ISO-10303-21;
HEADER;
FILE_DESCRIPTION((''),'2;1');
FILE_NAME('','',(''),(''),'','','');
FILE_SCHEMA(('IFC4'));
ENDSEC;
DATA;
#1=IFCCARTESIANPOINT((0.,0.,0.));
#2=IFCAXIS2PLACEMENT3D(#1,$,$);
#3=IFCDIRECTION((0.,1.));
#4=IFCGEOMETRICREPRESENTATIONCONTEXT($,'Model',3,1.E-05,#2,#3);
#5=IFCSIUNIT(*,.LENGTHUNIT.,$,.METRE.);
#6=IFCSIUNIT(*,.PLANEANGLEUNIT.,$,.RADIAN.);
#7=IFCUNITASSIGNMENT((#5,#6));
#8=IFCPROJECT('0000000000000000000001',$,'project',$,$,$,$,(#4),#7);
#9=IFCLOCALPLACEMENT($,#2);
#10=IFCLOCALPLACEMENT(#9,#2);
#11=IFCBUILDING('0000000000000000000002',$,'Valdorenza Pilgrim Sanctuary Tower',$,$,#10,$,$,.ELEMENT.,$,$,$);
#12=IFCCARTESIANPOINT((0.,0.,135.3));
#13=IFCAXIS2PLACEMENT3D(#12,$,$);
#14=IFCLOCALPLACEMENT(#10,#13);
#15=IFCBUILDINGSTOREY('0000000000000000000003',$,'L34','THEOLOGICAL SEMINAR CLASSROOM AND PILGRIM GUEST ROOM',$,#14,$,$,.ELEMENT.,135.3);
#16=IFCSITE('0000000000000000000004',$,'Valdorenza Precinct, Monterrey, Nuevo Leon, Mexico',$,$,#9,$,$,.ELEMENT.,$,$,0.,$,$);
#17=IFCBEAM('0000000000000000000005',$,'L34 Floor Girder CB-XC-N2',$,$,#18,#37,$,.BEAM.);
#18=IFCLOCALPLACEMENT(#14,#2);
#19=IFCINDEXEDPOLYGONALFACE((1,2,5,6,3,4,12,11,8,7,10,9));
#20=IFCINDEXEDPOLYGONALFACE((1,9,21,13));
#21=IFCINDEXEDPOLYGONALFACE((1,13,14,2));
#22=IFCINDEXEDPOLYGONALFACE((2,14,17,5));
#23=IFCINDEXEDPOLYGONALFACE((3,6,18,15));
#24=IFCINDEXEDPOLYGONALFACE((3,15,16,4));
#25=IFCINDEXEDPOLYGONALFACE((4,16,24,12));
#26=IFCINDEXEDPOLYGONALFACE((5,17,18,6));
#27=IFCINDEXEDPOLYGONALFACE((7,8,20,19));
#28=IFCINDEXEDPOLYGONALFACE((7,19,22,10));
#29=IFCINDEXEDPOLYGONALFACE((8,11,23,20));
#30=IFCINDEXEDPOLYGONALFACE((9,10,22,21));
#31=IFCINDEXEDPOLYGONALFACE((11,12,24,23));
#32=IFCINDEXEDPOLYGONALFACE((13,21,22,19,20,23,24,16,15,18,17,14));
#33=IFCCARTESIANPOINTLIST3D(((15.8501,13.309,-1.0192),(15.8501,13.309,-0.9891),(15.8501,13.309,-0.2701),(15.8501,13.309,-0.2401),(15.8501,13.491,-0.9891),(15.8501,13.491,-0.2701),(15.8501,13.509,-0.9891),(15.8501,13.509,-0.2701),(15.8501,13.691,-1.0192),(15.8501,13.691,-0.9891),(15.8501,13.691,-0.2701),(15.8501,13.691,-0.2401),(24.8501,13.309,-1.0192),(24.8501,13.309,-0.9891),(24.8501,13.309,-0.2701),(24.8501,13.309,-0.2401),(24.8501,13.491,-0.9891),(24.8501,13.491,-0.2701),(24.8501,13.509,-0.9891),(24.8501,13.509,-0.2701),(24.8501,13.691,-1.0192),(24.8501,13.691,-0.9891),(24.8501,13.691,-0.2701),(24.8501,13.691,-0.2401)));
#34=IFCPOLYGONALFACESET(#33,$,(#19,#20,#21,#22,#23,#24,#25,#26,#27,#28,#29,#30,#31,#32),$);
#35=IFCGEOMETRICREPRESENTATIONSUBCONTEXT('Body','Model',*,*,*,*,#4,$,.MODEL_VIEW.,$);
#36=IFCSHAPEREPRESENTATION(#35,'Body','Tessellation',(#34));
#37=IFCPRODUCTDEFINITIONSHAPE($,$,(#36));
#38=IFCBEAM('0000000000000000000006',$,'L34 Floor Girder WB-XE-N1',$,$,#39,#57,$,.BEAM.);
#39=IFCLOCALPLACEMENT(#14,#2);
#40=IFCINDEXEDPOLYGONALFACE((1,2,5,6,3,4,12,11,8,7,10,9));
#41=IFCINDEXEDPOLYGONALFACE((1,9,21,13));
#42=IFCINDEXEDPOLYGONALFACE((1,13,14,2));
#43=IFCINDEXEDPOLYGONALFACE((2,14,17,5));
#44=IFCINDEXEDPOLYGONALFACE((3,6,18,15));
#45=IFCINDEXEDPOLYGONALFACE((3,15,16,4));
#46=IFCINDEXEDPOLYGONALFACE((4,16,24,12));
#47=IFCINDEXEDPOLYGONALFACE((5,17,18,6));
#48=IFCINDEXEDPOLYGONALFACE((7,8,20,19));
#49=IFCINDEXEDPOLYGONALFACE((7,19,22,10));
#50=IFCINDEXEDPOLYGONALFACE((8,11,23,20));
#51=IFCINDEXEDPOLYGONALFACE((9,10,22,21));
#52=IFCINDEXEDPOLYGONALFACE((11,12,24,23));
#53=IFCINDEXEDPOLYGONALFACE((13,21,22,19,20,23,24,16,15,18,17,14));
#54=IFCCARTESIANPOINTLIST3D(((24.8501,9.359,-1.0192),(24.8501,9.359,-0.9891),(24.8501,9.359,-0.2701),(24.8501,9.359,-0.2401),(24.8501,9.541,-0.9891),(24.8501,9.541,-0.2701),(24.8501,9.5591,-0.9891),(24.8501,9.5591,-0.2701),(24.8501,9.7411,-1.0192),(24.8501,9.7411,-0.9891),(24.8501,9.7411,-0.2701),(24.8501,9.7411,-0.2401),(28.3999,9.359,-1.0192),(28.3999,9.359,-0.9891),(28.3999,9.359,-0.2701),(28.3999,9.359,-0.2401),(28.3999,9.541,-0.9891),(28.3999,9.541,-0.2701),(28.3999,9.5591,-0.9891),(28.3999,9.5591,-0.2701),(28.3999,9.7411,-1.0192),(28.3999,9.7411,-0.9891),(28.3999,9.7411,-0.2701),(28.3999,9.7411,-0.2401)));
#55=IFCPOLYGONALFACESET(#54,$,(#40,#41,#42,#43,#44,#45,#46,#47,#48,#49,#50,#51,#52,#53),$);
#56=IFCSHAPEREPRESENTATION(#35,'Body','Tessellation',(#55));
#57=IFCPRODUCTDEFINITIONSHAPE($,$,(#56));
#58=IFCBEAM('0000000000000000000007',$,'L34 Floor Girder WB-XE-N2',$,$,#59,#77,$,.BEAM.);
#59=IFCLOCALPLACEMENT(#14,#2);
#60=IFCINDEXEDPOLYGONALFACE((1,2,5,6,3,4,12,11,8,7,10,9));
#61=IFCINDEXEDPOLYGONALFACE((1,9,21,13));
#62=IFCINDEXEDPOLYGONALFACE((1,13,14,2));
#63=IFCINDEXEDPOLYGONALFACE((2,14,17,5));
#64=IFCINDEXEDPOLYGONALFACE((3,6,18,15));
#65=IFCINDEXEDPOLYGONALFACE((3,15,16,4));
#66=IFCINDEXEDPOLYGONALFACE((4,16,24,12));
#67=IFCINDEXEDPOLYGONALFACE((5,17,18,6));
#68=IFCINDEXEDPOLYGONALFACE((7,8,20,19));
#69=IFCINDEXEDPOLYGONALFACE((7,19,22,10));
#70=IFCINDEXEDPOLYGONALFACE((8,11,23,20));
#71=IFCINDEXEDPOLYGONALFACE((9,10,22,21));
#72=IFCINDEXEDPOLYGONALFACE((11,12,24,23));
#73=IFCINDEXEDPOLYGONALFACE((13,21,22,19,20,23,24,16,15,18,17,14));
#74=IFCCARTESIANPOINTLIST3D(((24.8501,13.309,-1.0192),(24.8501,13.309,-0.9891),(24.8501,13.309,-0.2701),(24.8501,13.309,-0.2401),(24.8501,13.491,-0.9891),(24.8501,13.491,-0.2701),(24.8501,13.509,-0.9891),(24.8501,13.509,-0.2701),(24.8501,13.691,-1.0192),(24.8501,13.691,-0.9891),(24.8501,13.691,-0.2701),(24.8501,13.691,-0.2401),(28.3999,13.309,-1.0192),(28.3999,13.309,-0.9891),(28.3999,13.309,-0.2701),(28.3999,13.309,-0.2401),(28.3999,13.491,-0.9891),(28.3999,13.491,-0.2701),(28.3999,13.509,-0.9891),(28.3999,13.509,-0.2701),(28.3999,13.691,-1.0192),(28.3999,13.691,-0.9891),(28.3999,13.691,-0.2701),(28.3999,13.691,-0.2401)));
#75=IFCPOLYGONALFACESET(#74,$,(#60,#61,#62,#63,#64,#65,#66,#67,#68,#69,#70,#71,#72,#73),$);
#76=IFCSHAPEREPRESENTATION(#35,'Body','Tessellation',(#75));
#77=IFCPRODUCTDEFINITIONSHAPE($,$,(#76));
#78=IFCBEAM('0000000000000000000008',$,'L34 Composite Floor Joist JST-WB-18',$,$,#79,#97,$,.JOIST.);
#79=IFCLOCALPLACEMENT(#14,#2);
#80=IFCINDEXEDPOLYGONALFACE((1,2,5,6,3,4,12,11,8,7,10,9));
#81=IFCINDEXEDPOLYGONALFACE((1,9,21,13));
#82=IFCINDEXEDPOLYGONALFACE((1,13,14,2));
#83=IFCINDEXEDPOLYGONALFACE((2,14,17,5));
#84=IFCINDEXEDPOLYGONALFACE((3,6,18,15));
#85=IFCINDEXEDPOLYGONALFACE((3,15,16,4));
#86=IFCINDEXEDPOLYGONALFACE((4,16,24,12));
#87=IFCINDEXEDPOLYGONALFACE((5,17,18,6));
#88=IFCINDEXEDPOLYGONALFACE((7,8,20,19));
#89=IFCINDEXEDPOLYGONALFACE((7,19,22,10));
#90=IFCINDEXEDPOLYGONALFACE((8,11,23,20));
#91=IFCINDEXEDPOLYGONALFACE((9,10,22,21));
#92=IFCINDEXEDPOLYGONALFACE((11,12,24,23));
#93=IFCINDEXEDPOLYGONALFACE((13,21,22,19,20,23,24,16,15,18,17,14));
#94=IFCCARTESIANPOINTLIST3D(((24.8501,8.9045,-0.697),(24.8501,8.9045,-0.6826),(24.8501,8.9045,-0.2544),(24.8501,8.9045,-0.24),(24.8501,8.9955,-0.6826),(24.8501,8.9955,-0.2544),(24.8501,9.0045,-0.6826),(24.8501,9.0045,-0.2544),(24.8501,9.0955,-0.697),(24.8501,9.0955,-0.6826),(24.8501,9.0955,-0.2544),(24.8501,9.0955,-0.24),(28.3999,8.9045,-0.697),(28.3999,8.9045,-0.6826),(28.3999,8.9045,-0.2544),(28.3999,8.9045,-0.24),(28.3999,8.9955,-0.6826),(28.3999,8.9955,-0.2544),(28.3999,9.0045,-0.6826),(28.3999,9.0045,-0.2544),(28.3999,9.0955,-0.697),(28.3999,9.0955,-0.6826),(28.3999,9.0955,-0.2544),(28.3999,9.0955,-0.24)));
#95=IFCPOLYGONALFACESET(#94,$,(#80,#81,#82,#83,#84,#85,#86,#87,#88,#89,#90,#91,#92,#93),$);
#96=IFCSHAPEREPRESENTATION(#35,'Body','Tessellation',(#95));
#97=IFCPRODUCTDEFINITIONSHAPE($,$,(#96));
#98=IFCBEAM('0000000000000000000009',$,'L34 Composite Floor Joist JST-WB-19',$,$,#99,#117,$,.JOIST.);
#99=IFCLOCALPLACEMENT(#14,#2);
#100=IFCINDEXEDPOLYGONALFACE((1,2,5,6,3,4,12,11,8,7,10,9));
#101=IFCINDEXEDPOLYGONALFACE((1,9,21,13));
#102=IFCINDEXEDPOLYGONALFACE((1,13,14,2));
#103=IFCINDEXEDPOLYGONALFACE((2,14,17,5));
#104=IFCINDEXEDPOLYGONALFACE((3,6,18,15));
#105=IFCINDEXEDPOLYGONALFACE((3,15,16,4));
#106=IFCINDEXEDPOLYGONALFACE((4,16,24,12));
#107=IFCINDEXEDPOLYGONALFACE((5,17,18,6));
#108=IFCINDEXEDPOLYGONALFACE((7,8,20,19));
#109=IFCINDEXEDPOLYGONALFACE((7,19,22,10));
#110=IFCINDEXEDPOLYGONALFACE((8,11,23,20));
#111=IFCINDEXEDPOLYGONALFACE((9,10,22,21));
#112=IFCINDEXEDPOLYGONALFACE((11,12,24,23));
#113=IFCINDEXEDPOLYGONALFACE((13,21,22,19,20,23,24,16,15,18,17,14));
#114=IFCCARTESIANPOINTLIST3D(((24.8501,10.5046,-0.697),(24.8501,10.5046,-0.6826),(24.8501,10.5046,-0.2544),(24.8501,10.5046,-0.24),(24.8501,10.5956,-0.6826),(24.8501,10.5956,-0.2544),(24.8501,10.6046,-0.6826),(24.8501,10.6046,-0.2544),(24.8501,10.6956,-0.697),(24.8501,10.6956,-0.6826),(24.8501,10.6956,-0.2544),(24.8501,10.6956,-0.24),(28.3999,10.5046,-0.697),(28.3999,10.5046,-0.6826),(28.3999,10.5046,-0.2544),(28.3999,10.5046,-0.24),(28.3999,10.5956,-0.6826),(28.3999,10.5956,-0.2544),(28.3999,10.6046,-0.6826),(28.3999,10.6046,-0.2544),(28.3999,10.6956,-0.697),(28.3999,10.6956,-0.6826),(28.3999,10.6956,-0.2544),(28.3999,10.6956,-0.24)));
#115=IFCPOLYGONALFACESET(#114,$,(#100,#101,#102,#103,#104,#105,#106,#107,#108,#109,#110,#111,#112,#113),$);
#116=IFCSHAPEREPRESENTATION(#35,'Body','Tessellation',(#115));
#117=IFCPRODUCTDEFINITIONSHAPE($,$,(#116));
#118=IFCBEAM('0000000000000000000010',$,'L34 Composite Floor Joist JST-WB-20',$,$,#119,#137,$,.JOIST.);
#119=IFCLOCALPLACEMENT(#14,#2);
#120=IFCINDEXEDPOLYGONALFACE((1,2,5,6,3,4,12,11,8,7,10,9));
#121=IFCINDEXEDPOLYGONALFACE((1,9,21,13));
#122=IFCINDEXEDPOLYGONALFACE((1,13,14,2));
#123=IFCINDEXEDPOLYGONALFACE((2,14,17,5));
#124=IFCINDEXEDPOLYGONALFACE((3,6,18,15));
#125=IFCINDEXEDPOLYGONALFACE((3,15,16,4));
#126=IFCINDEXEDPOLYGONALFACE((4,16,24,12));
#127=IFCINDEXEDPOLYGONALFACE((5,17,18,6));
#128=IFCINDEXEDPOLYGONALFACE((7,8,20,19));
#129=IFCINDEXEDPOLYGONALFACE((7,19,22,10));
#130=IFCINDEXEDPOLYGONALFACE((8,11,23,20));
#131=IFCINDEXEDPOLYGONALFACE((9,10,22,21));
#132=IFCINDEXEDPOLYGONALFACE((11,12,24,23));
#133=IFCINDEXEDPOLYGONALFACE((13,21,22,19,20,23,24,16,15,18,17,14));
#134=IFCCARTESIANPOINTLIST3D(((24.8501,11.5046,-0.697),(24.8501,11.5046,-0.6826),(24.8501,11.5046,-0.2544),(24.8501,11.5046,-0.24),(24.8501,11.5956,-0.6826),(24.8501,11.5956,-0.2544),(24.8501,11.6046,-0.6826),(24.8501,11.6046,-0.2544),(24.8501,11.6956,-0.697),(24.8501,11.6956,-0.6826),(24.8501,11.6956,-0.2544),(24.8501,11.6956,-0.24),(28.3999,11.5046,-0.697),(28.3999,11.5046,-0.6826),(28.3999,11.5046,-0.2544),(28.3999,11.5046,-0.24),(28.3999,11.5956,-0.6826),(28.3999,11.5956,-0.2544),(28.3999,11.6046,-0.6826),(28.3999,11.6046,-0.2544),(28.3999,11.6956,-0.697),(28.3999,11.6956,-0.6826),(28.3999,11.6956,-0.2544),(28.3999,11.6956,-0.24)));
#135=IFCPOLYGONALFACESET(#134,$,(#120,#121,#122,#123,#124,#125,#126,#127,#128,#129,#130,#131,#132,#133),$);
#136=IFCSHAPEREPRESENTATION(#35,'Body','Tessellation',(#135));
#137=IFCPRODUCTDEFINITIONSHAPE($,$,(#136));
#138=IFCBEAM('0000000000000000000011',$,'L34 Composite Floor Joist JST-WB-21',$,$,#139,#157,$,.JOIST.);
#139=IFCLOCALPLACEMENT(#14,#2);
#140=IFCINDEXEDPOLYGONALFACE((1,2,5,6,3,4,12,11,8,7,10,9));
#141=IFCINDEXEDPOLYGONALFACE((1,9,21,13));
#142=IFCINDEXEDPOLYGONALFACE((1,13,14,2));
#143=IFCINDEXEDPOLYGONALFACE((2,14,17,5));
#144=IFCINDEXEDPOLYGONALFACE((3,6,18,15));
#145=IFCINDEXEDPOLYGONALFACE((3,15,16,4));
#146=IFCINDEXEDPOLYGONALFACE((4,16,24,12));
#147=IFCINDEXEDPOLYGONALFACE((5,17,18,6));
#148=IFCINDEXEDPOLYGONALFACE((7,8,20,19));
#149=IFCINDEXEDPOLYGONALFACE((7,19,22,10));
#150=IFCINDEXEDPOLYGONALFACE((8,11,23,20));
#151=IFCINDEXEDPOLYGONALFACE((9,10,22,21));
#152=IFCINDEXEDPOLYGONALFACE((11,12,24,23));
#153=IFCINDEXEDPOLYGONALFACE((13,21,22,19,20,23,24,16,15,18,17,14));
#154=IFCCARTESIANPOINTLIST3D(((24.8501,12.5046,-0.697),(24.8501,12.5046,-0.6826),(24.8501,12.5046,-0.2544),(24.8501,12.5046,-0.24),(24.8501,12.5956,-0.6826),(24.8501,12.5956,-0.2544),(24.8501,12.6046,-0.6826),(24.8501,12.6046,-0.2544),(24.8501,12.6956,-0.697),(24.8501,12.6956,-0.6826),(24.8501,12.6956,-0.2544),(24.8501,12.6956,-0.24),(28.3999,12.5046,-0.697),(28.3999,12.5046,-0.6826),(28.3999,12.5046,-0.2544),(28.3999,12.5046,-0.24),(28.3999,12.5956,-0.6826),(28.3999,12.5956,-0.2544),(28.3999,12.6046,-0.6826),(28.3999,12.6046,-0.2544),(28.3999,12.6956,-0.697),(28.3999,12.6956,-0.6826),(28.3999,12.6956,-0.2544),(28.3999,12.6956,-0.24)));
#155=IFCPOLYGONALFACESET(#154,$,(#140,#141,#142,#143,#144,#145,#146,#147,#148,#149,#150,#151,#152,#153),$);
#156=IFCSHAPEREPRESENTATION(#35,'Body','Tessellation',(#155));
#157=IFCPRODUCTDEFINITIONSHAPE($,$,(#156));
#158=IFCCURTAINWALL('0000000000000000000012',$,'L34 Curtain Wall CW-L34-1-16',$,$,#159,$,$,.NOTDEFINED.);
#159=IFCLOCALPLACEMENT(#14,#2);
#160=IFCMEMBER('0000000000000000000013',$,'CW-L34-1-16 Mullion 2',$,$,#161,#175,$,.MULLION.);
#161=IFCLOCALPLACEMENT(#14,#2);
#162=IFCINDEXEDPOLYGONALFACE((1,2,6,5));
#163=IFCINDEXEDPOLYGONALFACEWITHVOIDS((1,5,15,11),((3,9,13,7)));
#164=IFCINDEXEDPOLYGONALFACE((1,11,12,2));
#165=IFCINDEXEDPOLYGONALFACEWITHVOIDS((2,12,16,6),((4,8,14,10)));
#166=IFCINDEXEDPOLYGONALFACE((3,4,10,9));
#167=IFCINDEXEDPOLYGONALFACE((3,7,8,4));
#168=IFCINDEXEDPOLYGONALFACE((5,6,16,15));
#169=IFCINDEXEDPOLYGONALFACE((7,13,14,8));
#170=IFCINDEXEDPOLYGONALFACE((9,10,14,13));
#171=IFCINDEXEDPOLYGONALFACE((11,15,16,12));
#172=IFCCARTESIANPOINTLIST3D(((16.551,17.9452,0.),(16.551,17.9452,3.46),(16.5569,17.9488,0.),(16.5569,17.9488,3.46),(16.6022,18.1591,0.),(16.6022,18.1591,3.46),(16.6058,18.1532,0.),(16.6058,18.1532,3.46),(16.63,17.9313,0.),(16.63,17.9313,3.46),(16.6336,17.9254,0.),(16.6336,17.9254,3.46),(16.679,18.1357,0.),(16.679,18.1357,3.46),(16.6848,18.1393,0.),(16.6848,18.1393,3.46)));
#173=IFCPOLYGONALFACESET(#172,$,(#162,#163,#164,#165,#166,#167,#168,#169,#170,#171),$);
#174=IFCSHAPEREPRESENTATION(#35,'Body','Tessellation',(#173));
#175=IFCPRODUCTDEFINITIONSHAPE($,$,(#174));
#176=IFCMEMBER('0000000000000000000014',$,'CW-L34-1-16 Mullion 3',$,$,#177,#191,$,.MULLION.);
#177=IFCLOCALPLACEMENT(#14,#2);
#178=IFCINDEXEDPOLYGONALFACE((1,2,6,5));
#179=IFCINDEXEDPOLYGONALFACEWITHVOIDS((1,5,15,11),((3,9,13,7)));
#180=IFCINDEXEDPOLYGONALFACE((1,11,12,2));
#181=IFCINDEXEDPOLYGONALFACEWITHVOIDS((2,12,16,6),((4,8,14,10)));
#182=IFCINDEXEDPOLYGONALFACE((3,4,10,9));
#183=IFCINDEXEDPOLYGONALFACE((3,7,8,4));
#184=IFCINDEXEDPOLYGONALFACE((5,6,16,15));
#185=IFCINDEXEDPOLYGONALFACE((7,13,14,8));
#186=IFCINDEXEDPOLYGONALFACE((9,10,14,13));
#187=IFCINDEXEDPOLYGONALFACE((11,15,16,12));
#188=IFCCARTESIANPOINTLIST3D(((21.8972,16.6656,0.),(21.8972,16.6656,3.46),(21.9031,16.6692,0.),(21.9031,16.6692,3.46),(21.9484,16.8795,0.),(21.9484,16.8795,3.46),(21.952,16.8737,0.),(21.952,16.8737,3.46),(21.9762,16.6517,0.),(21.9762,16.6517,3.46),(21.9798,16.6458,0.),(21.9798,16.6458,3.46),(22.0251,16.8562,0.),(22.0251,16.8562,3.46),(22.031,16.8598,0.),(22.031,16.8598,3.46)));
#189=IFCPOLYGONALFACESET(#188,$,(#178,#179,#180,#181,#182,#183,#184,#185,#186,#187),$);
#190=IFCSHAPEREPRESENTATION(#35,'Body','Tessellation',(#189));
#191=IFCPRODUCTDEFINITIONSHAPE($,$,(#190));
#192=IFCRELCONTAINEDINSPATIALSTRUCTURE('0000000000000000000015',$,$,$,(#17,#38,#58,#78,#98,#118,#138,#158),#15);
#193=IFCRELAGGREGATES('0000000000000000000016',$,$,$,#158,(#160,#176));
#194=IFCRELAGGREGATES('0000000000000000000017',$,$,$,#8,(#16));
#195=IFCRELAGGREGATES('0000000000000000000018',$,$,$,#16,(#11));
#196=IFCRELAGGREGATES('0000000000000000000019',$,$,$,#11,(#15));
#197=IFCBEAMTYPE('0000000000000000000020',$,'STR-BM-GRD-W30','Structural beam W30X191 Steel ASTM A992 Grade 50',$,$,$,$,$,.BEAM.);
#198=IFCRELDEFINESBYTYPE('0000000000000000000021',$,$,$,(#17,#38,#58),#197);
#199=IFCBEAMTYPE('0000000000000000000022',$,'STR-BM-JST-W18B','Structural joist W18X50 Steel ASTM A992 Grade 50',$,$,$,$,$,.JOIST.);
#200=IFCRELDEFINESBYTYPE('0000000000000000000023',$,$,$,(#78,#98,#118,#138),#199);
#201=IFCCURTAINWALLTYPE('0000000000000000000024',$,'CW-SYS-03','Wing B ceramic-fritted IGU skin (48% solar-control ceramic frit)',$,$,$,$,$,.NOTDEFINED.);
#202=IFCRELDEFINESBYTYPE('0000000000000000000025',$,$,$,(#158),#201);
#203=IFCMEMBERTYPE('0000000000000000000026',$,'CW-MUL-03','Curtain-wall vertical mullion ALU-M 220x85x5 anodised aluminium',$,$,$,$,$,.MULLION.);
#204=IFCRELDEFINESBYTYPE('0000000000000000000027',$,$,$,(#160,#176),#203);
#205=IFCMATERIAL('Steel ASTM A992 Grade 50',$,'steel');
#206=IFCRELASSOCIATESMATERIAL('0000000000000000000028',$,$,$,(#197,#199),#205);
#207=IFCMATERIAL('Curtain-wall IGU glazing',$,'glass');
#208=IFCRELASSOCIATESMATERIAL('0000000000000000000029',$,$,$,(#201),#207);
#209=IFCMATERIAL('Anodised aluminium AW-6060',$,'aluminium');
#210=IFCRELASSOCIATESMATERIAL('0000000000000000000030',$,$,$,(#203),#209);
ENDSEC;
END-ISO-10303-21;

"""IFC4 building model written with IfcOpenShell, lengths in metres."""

from ifc_helpers import new_model, si_unit, direction, frame, origin, origin_2d, place, context, subcontext, project, spatial, hollow_rectangle, i_section, extrude, source, transform, mapped, material, material_profile, profile_set, type_object, element, aggregate, save


model = new_model("IFC4")

# Units and contexts
model_context = context("Model", 3, precision=1e-05, world=origin(), true_north=direction((0.0, 1.0)))
body_context = subcontext(model_context, "Body", "Model", "MODEL_VIEW")
ifc_project = project(units=[si_unit("LENGTHUNIT", "METRE"), si_unit("PLANEANGLEUNIT", "RADIAN")], contexts=[model_context])

# Site, building, storey
site_placement = place(None, origin())
site = spatial("IfcSite", under=ifc_project, at=site_placement, Name="Valdorenza Precinct, Monterrey, Nuevo Leon, Mexico", CompositionType="ELEMENT", RefElevation=0.0)
building_placement = place(site_placement, origin())
building = spatial("IfcBuilding", under=site, at=building_placement, Name="Valdorenza Pilgrim Sanctuary Tower", CompositionType="ELEMENT")
storey_placement = place(building_placement, frame((0.0, 0.0, 135.3)))
storey = spatial("IfcBuildingStorey", under=building, at=storey_placement, Name="L34", Description="THEOLOGICAL SEMINAR CLASSROOM AND PILGRIM GUEST ROOM", CompositionType="ELEMENT", Elevation=135.3)

# Shared definitions
ifc_material_1 = material(Name="Steel ASTM A992 Grade 50", Category="steel")

# Beams
ifc_material_profile_1 = material_profile(ifc_material_1, i_section(OverallWidth=0.3821, OverallDepth=0.7791, WebThickness=0.0181, FlangeThickness=0.03, at=origin_2d()), Name="W30X191")
ifc_profile_set_1 = profile_set([ifc_material_profile_1], Name="Steel ASTM A992 Grade 50")
beam_type_1 = type_object("IfcBeamType", Name="STR-BM-GRD-W30", Description="Structural beam W30X191 Steel ASTM A992 Grade 50", PredefinedType="BEAM", material=ifc_profile_set_1)
shared_shape_1 = source(origin(), body_context, "Body", "SweptSolid", [
    extrude(i_section(OverallWidth=0.3821, OverallDepth=0.7791, WebThickness=0.0181, FlangeThickness=0.03, at=origin_2d()), origin(), (0.0, 0.0, 1.0), 9.0),
])
for number, where, z_axis, x_axis, name in (
    (1, (15.8501, 13.5, -0.6296), (1.0, 0.0, 0.0), (0.0, 1.0, 0.0), "L34 Floor Girder CB-XC-N2"),
):
    element("IfcBeam", number, at=place(storey_placement, frame(where, z_axis=z_axis, x_axis=x_axis)), inside=storey, type_object=beam_type_1, Name=name, PredefinedType="BEAM", context=body_context, shape_type="MappedRepresentation", body=[
        mapped(shared_shape_1, transform((0.0, 0.0, 0.0), x_axis=(1.0, 0.0, 0.0), y_axis=(0.0, 1.0, 0.0), z_axis=(0.0, 0.0, 1.0), scale=1.0)),
    ])
shared_shape_2 = source(origin(), body_context, "Body", "SweptSolid", [
    extrude(i_section(OverallWidth=0.3821, OverallDepth=0.7791, WebThickness=0.0181, FlangeThickness=0.03, at=origin_2d()), origin(), (0.0, 0.0, 1.0), 3.5498),
])
for number, where, z_axis, x_axis, name in (
    (2, (24.8501, 9.55, -0.6296), (1.0, 0.0, 0.0), (0.0, 1.0, 0.0), "L34 Floor Girder WB-XE-N1"),
    (3, (24.8501, 13.5, -0.6296), (1.0, 0.0, 0.0), (0.0, 1.0, 0.0), "L34 Floor Girder WB-XE-N2"),
):
    element("IfcBeam", number, at=place(storey_placement, frame(where, z_axis=z_axis, x_axis=x_axis)), inside=storey, type_object=beam_type_1, Name=name, PredefinedType="BEAM", context=body_context, shape_type="MappedRepresentation", body=[
        mapped(shared_shape_2, transform((0.0, 0.0, 0.0), x_axis=(1.0, 0.0, 0.0), y_axis=(0.0, 1.0, 0.0), z_axis=(0.0, 0.0, 1.0), scale=1.0)),
    ])
ifc_material_profile_2 = material_profile(ifc_material_1, i_section(OverallWidth=0.1909, OverallDepth=0.457, WebThickness=0.009, FlangeThickness=0.0144, at=origin_2d()), Name="W18X50")
ifc_profile_set_2 = profile_set([ifc_material_profile_2], Name="Steel ASTM A992 Grade 50")
beam_type_2 = type_object("IfcBeamType", Name="STR-BM-JST-W18B", Description="Structural joist W18X50 Steel ASTM A992 Grade 50", PredefinedType="JOIST", material=ifc_profile_set_2)
shared_shape_3 = source(origin(), body_context, "Body", "SweptSolid", [
    extrude(i_section(OverallWidth=0.1909, OverallDepth=0.457, WebThickness=0.009, FlangeThickness=0.0144, at=origin_2d()), origin(), (0.0, 0.0, 1.0), 3.5498),
])
for number, where, z_axis, x_axis, name in (
    (4, (24.8501, 9.0, -0.4685), (1.0, 0.0, 0.0), (0.0, 1.0, 0.0), "L34 Composite Floor Joist JST-WB-18"),
    (5, (24.8501, 10.6001, -0.4685), (1.0, 0.0, 0.0), (0.0, 1.0, 0.0), "L34 Composite Floor Joist JST-WB-19"),
    (6, (24.8501, 11.6001, -0.4685), (1.0, 0.0, 0.0), (0.0, 1.0, 0.0), "L34 Composite Floor Joist JST-WB-20"),
    (7, (24.8501, 12.6001, -0.4685), (1.0, 0.0, 0.0), (0.0, 1.0, 0.0), "L34 Composite Floor Joist JST-WB-21"),
):
    element("IfcBeam", number, at=place(storey_placement, frame(where, z_axis=z_axis, x_axis=x_axis)), inside=storey, type_object=beam_type_2, Name=name, PredefinedType="JOIST", context=body_context, shape_type="MappedRepresentation", body=[
        mapped(shared_shape_3, transform((0.0, 0.0, 0.0), x_axis=(1.0, 0.0, 0.0), y_axis=(0.0, 1.0, 0.0), z_axis=(0.0, 0.0, 1.0), scale=1.0)),
    ])

# Curtain wall, members
ifc_material_2 = material(Name="Curtain-wall IGU glazing", Category="glass")
curtain_wall_type = type_object("IfcCurtainWallType", Name="CW-SYS-03", Description="Wing B ceramic-fritted IGU skin (48% solar-control ceramic frit)", PredefinedType="NOTDEFINED", material=ifc_material_2)
curtain_wall_1_placement = place(storey_placement, origin())
curtain_wall_1 = element("IfcCurtainWall", 8, at=curtain_wall_1_placement, inside=storey, type_object=curtain_wall_type, Name="L34 Curtain Wall CW-L34-1-16", PredefinedType="NOTDEFINED")
ifc_material_3 = material(Name="Anodised aluminium AW-6060", Category="aluminium")
ifc_material_profile_3 = material_profile(ifc_material_3, hollow_rectangle(XDim=0.085, YDim=0.22, WallThickness=0.0049, at=origin_2d()), Name="ALU-M 220x85x5")
ifc_profile_set_3 = profile_set([ifc_material_profile_3], Name="Anodised aluminium AW-6060")
member_type_1 = type_object("IfcMemberType", Name="CW-MUL-03", Description="Curtain-wall vertical mullion ALU-M 220x85x5 anodised aluminium", PredefinedType="MULLION", material=ifc_profile_set_3)
shared_shape_4 = source(origin(), body_context, "Body", "SweptSolid", [
    extrude(hollow_rectangle(XDim=0.085, YDim=0.22, WallThickness=0.0049, at=origin_2d()), origin(), (0.0, 0.0, 1.0), 3.46),
])
member_1_placement = place(storey_placement, frame((16.6179, 18.0422, 0.0), z_axis=(0.0, 0.0, 1.0), x_axis=(0.972529, -0.232783, 0.0)))
member_1 = element("IfcMember", 9, at=member_1_placement, type_object=member_type_1, Name="CW-L34-1-16 Mullion 2", PredefinedType="MULLION", context=body_context, shape_type="MappedRepresentation", body=[
    mapped(shared_shape_4, transform((0.0, 0.0, 0.0), x_axis=(1.0, 0.0, 0.0), y_axis=(0.0, 1.0, 0.0), z_axis=(0.0, 0.0, 1.0), scale=1.0)),
])
member_2_placement = place(storey_placement, frame((21.9641, 16.7627, 0.0), z_axis=(0.0, 0.0, 1.0), x_axis=(0.972529, -0.232783, 0.0)))
member_2 = element("IfcMember", 10, at=member_2_placement, type_object=member_type_1, Name="CW-L34-1-16 Mullion 3", PredefinedType="MULLION", context=body_context, shape_type="MappedRepresentation", body=[
    mapped(shared_shape_4, transform((0.0, 0.0, 0.0), x_axis=(1.0, 0.0, 0.0), y_axis=(0.0, 1.0, 0.0), z_axis=(0.0, 0.0, 1.0), scale=1.0)),
])

aggregate(curtain_wall_1, [member_1, member_2])

save(model, "model.ifc")
